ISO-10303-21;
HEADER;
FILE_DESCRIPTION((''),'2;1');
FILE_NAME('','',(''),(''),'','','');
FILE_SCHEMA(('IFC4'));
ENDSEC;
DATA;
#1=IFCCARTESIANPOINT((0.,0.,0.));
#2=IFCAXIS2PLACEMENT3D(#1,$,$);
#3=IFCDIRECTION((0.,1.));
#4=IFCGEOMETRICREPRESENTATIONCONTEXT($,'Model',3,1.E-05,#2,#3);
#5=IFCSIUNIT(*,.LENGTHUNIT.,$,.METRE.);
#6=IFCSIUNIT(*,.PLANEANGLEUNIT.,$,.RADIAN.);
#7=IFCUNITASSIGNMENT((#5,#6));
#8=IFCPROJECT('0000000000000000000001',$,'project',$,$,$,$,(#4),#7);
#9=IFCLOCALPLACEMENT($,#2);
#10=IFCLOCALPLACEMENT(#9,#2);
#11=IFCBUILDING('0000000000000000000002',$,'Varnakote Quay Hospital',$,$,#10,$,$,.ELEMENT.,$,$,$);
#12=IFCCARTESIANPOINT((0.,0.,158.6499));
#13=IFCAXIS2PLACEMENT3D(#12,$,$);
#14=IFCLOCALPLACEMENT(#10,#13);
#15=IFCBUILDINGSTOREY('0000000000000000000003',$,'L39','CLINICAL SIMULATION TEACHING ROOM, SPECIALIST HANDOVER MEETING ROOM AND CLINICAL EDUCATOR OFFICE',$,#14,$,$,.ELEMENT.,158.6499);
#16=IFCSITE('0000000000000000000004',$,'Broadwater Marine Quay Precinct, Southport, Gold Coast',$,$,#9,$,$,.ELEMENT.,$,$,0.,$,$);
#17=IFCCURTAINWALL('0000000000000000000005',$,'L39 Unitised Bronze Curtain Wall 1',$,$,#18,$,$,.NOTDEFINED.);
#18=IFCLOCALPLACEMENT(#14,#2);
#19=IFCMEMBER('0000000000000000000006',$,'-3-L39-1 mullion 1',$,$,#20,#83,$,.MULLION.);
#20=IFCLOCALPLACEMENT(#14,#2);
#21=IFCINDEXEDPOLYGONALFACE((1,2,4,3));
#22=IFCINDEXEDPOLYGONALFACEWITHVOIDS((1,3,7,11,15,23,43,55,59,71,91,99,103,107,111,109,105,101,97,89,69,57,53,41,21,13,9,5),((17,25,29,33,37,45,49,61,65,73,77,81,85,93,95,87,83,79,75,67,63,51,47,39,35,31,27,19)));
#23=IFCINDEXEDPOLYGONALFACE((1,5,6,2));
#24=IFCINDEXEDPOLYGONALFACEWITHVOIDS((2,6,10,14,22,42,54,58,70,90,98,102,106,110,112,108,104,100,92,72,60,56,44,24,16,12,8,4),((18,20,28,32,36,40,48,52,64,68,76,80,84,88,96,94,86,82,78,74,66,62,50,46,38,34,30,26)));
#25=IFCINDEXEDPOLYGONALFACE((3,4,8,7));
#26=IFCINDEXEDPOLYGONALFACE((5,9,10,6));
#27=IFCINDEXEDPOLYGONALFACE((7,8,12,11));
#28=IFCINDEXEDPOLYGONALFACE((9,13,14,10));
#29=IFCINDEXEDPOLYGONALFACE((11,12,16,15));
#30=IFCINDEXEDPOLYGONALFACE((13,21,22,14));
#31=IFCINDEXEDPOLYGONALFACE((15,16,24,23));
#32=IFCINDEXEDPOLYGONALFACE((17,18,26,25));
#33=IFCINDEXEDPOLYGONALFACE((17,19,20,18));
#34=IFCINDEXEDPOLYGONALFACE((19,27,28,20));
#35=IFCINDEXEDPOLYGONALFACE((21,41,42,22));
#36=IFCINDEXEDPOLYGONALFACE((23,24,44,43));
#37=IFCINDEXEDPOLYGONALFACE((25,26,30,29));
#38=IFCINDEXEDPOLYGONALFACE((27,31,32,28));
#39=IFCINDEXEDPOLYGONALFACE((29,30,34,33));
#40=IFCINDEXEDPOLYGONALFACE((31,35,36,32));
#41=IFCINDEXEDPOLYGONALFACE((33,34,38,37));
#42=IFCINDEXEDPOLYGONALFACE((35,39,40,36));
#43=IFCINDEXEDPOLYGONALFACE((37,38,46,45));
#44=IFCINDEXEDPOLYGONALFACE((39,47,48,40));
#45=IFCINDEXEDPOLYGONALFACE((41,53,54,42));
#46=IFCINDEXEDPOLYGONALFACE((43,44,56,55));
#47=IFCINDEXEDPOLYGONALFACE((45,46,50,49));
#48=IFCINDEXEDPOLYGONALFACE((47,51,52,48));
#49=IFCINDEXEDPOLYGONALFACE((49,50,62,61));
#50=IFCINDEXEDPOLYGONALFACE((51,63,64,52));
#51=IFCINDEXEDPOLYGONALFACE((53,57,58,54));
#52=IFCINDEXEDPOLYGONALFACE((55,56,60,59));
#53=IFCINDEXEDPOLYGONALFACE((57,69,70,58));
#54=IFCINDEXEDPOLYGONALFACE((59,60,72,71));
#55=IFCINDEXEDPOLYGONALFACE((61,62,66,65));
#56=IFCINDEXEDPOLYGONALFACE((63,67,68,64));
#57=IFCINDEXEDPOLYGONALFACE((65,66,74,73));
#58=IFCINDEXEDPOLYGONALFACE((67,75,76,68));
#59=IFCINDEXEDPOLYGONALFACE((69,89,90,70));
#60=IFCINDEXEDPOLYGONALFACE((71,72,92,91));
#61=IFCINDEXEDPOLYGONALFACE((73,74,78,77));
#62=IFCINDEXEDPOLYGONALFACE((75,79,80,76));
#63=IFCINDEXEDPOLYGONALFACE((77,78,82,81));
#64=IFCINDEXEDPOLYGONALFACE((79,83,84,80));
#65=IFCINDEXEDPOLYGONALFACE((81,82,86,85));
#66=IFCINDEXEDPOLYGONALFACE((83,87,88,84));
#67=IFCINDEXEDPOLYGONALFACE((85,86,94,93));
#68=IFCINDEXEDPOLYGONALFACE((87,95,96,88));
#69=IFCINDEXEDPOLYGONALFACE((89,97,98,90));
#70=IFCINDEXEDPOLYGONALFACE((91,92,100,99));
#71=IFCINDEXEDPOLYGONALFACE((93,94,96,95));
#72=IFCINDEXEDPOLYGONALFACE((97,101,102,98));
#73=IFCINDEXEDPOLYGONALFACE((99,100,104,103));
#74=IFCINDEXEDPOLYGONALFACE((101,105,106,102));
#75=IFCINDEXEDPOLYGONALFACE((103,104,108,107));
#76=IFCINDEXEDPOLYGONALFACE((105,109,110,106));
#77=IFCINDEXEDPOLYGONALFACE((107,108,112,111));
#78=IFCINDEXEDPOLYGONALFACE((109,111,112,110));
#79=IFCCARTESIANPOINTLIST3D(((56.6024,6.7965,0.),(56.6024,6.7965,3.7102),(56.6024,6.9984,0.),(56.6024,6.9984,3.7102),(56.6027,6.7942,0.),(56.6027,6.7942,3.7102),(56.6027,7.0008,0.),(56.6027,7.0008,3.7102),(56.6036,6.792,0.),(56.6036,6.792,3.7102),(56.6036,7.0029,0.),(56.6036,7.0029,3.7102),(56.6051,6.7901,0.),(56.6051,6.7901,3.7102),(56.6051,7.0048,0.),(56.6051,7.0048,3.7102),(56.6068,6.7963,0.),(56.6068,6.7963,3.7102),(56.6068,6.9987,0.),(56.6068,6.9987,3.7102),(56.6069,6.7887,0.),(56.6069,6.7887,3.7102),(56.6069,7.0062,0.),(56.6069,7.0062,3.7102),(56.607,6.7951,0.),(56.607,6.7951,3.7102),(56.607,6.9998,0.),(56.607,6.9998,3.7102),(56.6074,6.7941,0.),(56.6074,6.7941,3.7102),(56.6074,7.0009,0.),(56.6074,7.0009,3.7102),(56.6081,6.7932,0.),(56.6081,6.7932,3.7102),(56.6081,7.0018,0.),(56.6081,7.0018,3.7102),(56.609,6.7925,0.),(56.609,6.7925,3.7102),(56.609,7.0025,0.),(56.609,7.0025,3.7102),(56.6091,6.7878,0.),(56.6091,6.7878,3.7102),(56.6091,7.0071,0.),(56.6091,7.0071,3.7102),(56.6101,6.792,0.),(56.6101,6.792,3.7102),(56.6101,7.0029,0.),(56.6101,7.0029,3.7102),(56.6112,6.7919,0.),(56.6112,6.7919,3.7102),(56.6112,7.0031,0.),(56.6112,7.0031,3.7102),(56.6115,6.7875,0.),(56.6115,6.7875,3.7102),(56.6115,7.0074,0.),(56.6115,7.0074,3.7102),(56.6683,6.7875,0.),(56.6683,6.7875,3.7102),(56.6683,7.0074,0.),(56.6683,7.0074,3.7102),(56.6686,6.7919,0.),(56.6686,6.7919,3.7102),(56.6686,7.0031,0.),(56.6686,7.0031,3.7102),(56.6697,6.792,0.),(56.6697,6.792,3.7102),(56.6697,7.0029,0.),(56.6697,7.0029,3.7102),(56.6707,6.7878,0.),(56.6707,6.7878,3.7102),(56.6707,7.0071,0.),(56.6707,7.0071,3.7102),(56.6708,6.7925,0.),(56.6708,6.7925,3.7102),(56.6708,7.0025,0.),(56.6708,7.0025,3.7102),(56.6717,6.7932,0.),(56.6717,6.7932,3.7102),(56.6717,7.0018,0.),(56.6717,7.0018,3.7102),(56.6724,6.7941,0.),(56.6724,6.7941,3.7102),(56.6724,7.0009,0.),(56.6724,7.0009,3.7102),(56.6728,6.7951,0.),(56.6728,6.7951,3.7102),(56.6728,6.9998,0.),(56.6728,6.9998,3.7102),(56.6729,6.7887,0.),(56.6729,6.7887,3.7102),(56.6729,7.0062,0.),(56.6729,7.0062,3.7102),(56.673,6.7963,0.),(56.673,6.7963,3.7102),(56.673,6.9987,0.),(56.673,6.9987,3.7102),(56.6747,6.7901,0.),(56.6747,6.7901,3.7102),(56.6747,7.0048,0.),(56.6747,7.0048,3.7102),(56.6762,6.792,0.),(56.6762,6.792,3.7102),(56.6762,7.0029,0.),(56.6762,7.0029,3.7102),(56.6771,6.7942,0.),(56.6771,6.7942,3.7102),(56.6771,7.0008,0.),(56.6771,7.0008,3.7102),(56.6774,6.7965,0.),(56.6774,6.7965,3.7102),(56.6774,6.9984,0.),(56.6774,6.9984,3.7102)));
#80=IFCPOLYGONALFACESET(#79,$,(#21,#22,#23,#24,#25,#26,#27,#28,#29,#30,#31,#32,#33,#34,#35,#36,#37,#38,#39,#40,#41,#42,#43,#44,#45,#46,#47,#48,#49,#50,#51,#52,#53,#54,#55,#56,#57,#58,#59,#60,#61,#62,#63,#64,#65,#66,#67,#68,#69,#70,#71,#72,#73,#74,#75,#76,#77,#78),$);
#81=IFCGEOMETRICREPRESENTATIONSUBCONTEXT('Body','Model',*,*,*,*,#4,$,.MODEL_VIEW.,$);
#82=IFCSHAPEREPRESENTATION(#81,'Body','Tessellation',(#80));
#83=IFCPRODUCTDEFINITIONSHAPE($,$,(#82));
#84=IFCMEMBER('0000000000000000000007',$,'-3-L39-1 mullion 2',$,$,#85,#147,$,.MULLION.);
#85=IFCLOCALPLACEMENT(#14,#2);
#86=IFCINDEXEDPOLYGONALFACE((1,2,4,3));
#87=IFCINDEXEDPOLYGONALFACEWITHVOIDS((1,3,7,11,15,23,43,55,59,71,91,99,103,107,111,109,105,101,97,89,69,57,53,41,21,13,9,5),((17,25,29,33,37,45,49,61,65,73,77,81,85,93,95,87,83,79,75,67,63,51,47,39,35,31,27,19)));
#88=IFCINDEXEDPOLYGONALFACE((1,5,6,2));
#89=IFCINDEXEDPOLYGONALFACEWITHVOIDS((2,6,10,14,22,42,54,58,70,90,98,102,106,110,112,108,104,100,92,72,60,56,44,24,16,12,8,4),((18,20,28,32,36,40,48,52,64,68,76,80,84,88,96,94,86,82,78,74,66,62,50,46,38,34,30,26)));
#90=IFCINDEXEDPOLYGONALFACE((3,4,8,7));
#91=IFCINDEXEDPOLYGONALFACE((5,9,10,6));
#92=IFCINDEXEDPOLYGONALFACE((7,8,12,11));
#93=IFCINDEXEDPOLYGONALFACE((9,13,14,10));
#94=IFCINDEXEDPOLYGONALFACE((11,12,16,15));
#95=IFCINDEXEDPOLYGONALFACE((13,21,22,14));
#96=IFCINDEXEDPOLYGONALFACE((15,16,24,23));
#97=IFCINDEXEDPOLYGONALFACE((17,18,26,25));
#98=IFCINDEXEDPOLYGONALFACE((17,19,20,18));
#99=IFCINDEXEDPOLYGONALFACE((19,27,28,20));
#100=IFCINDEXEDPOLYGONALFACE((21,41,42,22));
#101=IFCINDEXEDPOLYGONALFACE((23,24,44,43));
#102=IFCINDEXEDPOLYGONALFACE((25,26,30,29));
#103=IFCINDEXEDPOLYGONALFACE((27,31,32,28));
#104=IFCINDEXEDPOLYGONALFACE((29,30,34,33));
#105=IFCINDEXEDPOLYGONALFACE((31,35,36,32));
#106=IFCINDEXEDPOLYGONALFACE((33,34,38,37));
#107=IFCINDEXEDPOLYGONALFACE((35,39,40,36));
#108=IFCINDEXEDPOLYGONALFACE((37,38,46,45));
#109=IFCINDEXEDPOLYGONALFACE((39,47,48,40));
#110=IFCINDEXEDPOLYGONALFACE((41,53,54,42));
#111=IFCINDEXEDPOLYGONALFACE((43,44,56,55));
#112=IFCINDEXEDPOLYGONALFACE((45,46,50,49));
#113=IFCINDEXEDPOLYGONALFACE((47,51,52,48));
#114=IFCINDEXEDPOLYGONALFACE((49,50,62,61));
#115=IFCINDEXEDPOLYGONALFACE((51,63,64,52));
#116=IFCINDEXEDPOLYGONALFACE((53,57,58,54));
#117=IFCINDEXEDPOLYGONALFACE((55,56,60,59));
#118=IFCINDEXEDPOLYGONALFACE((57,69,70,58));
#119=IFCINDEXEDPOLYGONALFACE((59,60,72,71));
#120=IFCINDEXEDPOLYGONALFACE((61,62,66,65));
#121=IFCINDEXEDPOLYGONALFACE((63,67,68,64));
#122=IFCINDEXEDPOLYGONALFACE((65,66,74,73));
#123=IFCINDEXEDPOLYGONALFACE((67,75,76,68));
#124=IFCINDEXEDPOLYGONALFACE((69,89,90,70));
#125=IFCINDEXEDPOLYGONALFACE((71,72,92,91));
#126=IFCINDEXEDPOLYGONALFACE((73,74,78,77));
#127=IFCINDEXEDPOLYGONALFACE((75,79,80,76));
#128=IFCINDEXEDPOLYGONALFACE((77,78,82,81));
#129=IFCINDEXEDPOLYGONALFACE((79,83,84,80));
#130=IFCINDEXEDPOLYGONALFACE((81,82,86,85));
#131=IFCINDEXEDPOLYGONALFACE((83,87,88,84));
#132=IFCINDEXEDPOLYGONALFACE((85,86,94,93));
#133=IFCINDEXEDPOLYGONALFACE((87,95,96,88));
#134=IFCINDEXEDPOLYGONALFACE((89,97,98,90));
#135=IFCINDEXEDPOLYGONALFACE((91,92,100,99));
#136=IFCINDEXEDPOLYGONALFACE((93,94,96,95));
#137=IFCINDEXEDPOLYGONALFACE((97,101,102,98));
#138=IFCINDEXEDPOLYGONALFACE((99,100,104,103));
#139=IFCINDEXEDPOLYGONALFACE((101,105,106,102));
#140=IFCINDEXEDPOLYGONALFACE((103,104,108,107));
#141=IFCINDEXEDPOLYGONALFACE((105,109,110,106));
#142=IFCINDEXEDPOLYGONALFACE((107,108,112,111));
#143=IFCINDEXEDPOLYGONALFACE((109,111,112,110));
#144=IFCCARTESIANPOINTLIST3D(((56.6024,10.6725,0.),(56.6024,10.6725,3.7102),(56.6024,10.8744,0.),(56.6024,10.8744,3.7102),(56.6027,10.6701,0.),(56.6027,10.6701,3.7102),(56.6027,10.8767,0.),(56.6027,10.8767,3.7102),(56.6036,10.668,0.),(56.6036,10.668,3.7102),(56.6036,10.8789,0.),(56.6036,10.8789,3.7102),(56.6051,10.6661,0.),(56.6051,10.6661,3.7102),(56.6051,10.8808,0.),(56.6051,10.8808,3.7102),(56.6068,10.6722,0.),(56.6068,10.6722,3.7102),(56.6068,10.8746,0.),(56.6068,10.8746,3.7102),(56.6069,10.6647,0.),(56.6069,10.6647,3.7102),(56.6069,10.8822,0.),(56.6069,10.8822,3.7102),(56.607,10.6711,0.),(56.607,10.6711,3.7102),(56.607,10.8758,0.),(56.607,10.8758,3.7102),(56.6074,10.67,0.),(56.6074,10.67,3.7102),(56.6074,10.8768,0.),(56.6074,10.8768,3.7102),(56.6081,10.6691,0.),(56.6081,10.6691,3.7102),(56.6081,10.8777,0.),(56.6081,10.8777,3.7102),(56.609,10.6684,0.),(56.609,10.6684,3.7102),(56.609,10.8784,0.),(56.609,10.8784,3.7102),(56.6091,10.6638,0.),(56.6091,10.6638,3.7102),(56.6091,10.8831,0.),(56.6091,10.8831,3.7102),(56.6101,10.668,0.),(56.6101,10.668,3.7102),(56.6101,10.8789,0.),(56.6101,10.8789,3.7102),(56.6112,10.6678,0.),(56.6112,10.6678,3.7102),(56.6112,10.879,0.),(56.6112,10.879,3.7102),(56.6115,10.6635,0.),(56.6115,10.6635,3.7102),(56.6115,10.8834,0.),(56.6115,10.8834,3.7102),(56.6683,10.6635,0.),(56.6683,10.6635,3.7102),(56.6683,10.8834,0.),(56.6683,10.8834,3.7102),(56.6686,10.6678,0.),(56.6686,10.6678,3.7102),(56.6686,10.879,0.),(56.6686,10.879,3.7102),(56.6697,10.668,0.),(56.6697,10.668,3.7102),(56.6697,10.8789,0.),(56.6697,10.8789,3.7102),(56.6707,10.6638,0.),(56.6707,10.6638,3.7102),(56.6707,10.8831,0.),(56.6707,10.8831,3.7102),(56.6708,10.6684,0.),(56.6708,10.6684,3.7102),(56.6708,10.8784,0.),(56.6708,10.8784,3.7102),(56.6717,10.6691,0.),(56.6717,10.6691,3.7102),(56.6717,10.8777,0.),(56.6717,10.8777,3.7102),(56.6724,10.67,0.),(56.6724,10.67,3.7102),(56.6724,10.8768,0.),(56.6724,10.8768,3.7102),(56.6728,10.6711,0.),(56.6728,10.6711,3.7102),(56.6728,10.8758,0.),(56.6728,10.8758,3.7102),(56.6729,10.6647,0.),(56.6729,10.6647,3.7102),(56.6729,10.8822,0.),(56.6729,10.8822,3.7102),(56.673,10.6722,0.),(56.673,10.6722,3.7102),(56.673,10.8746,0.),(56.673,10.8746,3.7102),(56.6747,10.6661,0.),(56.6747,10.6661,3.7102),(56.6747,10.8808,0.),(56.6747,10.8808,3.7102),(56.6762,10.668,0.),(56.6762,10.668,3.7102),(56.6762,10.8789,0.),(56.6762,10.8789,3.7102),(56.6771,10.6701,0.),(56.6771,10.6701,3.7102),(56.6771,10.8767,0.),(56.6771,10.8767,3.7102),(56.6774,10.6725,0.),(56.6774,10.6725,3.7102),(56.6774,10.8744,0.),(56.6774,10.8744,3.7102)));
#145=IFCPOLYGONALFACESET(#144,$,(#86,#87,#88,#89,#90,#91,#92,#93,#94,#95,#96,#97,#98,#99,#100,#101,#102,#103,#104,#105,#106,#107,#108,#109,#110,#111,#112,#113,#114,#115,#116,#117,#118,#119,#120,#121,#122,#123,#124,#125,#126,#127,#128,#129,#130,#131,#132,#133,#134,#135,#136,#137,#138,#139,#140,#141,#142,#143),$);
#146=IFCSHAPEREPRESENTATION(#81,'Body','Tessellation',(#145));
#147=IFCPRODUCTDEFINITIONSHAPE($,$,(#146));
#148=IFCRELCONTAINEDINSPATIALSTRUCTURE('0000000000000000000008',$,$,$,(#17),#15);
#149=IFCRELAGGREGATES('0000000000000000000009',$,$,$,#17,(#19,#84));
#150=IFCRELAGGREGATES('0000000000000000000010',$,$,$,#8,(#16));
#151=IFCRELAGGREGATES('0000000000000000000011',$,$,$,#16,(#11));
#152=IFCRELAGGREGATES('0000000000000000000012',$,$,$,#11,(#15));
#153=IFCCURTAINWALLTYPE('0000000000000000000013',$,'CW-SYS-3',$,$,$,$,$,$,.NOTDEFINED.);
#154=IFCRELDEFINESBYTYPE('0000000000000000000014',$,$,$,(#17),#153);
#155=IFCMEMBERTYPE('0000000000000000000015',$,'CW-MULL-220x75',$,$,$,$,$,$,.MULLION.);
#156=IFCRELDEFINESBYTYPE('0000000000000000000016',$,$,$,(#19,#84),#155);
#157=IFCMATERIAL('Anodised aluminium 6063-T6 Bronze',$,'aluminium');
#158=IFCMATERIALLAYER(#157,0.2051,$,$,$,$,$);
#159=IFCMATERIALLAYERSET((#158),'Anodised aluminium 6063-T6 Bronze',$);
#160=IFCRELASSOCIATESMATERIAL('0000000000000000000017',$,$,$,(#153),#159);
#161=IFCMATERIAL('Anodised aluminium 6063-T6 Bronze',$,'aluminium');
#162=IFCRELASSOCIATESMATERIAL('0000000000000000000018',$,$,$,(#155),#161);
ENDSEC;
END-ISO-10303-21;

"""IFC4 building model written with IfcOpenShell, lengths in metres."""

from ifc_helpers import new_model, si_unit, direction, frame, origin, origin_2d, place, context, subcontext, project, spatial, hollow_rectangle, extrude, material, layer, layer_set, material_profile, profile_set, type_object, element, aggregate, save


model = new_model("IFC4")

# Units and contexts
model_context = context("Model", 3, precision=1e-05, world=origin(), true_north=direction((0.0, 1.0)))
body_context = subcontext(model_context, "Body", "Model", "MODEL_VIEW")
ifc_project = project(units=[si_unit("LENGTHUNIT", "METRE"), si_unit("PLANEANGLEUNIT", "RADIAN")], contexts=[model_context])

# Site, building, storey
site_placement = place(None, origin())
site = spatial("IfcSite", under=ifc_project, at=site_placement, Name="Broadwater Marine Quay Precinct, Southport, Gold Coast", CompositionType="ELEMENT", RefElevation=0.0)
building_placement = place(site_placement, origin())
building = spatial("IfcBuilding", under=site, at=building_placement, Name="Varnakote Quay Hospital", CompositionType="ELEMENT")
storey_placement = place(building_placement, frame((0.0, 0.0, 158.6499)))
storey = spatial("IfcBuildingStorey", under=building, at=storey_placement, Name="L39", Description="CLINICAL SIMULATION TEACHING ROOM, SPECIALIST HANDOVER MEETING ROOM AND CLINICAL EDUCATOR OFFICE", CompositionType="ELEMENT", Elevation=158.6499)

# Curtain wall, members
ifc_material_1 = material(Name="Anodised aluminium 6063-T6 Bronze", Category="aluminium")
ifc_layer_1 = layer(ifc_material_1, 0.2051)
ifc_layer_set_1 = layer_set([ifc_layer_1], Name="Anodised aluminium 6063-T6 Bronze")
curtain_wall_type = type_object("IfcCurtainWallType", Name="CW-SYS-3", PredefinedType="NOTDEFINED", material=ifc_layer_set_1)
curtain_wall_placement = place(storey_placement, origin())
curtain_wall = element("IfcCurtainWall", 1, at=curtain_wall_placement, inside=storey, type_object=curtain_wall_type, Name="L39 Unitised Bronze Curtain Wall 1", PredefinedType="NOTDEFINED")
ifc_material_2 = material(Name="Anodised aluminium 6063-T6 Bronze", Category="aluminium")
ifc_material_profile_1 = material_profile(ifc_material_2, hollow_rectangle(XDim=0.075, YDim=0.22, WallThickness=0.0044, InnerFilletRadius=0.0044, OuterFilletRadius=0.009, at=origin_2d()), Name="CW-MULL-220x75")
ifc_profile_set_1 = profile_set([ifc_material_profile_1], Name="Anodised aluminium 6063-T6 Bronze")
member_type_1 = type_object("IfcMemberType", Name="CW-MULL-220x75", PredefinedType="MULLION", material=ifc_profile_set_1)
member_1_placement = place(storey_placement, frame((56.6399, 6.8975, 0.0), z_axis=(0.0, 0.0, 1.0), x_axis=(-1.0, 0.0, 0.0)))
member_1 = element("IfcMember", 2, at=member_1_placement, type_object=member_type_1, Name="-3-L39-1 mullion 1", PredefinedType="MULLION", context=body_context, shape_type="SweptSolid", body=[
    extrude(hollow_rectangle(XDim=0.075, YDim=0.22, WallThickness=0.0044, InnerFilletRadius=0.0044, OuterFilletRadius=0.009, at=origin_2d()), origin(), (0.0, 0.0, 1.0), 3.7102),
])
member_2_placement = place(storey_placement, frame((56.6399, 10.7734, 0.0), z_axis=(0.0, 0.0, 1.0), x_axis=(-1.0, 0.0, 0.0)))
member_2 = element("IfcMember", 3, at=member_2_placement, type_object=member_type_1, Name="-3-L39-1 mullion 2", PredefinedType="MULLION", context=body_context, shape_type="SweptSolid", body=[
    extrude(hollow_rectangle(XDim=0.075, YDim=0.22, WallThickness=0.0044, InnerFilletRadius=0.0044, OuterFilletRadius=0.009, at=origin_2d()), origin(), (0.0, 0.0, 1.0), 3.7102),
])
aggregate(curtain_wall, [member_1, member_2])

save(model, "model.ifc")
